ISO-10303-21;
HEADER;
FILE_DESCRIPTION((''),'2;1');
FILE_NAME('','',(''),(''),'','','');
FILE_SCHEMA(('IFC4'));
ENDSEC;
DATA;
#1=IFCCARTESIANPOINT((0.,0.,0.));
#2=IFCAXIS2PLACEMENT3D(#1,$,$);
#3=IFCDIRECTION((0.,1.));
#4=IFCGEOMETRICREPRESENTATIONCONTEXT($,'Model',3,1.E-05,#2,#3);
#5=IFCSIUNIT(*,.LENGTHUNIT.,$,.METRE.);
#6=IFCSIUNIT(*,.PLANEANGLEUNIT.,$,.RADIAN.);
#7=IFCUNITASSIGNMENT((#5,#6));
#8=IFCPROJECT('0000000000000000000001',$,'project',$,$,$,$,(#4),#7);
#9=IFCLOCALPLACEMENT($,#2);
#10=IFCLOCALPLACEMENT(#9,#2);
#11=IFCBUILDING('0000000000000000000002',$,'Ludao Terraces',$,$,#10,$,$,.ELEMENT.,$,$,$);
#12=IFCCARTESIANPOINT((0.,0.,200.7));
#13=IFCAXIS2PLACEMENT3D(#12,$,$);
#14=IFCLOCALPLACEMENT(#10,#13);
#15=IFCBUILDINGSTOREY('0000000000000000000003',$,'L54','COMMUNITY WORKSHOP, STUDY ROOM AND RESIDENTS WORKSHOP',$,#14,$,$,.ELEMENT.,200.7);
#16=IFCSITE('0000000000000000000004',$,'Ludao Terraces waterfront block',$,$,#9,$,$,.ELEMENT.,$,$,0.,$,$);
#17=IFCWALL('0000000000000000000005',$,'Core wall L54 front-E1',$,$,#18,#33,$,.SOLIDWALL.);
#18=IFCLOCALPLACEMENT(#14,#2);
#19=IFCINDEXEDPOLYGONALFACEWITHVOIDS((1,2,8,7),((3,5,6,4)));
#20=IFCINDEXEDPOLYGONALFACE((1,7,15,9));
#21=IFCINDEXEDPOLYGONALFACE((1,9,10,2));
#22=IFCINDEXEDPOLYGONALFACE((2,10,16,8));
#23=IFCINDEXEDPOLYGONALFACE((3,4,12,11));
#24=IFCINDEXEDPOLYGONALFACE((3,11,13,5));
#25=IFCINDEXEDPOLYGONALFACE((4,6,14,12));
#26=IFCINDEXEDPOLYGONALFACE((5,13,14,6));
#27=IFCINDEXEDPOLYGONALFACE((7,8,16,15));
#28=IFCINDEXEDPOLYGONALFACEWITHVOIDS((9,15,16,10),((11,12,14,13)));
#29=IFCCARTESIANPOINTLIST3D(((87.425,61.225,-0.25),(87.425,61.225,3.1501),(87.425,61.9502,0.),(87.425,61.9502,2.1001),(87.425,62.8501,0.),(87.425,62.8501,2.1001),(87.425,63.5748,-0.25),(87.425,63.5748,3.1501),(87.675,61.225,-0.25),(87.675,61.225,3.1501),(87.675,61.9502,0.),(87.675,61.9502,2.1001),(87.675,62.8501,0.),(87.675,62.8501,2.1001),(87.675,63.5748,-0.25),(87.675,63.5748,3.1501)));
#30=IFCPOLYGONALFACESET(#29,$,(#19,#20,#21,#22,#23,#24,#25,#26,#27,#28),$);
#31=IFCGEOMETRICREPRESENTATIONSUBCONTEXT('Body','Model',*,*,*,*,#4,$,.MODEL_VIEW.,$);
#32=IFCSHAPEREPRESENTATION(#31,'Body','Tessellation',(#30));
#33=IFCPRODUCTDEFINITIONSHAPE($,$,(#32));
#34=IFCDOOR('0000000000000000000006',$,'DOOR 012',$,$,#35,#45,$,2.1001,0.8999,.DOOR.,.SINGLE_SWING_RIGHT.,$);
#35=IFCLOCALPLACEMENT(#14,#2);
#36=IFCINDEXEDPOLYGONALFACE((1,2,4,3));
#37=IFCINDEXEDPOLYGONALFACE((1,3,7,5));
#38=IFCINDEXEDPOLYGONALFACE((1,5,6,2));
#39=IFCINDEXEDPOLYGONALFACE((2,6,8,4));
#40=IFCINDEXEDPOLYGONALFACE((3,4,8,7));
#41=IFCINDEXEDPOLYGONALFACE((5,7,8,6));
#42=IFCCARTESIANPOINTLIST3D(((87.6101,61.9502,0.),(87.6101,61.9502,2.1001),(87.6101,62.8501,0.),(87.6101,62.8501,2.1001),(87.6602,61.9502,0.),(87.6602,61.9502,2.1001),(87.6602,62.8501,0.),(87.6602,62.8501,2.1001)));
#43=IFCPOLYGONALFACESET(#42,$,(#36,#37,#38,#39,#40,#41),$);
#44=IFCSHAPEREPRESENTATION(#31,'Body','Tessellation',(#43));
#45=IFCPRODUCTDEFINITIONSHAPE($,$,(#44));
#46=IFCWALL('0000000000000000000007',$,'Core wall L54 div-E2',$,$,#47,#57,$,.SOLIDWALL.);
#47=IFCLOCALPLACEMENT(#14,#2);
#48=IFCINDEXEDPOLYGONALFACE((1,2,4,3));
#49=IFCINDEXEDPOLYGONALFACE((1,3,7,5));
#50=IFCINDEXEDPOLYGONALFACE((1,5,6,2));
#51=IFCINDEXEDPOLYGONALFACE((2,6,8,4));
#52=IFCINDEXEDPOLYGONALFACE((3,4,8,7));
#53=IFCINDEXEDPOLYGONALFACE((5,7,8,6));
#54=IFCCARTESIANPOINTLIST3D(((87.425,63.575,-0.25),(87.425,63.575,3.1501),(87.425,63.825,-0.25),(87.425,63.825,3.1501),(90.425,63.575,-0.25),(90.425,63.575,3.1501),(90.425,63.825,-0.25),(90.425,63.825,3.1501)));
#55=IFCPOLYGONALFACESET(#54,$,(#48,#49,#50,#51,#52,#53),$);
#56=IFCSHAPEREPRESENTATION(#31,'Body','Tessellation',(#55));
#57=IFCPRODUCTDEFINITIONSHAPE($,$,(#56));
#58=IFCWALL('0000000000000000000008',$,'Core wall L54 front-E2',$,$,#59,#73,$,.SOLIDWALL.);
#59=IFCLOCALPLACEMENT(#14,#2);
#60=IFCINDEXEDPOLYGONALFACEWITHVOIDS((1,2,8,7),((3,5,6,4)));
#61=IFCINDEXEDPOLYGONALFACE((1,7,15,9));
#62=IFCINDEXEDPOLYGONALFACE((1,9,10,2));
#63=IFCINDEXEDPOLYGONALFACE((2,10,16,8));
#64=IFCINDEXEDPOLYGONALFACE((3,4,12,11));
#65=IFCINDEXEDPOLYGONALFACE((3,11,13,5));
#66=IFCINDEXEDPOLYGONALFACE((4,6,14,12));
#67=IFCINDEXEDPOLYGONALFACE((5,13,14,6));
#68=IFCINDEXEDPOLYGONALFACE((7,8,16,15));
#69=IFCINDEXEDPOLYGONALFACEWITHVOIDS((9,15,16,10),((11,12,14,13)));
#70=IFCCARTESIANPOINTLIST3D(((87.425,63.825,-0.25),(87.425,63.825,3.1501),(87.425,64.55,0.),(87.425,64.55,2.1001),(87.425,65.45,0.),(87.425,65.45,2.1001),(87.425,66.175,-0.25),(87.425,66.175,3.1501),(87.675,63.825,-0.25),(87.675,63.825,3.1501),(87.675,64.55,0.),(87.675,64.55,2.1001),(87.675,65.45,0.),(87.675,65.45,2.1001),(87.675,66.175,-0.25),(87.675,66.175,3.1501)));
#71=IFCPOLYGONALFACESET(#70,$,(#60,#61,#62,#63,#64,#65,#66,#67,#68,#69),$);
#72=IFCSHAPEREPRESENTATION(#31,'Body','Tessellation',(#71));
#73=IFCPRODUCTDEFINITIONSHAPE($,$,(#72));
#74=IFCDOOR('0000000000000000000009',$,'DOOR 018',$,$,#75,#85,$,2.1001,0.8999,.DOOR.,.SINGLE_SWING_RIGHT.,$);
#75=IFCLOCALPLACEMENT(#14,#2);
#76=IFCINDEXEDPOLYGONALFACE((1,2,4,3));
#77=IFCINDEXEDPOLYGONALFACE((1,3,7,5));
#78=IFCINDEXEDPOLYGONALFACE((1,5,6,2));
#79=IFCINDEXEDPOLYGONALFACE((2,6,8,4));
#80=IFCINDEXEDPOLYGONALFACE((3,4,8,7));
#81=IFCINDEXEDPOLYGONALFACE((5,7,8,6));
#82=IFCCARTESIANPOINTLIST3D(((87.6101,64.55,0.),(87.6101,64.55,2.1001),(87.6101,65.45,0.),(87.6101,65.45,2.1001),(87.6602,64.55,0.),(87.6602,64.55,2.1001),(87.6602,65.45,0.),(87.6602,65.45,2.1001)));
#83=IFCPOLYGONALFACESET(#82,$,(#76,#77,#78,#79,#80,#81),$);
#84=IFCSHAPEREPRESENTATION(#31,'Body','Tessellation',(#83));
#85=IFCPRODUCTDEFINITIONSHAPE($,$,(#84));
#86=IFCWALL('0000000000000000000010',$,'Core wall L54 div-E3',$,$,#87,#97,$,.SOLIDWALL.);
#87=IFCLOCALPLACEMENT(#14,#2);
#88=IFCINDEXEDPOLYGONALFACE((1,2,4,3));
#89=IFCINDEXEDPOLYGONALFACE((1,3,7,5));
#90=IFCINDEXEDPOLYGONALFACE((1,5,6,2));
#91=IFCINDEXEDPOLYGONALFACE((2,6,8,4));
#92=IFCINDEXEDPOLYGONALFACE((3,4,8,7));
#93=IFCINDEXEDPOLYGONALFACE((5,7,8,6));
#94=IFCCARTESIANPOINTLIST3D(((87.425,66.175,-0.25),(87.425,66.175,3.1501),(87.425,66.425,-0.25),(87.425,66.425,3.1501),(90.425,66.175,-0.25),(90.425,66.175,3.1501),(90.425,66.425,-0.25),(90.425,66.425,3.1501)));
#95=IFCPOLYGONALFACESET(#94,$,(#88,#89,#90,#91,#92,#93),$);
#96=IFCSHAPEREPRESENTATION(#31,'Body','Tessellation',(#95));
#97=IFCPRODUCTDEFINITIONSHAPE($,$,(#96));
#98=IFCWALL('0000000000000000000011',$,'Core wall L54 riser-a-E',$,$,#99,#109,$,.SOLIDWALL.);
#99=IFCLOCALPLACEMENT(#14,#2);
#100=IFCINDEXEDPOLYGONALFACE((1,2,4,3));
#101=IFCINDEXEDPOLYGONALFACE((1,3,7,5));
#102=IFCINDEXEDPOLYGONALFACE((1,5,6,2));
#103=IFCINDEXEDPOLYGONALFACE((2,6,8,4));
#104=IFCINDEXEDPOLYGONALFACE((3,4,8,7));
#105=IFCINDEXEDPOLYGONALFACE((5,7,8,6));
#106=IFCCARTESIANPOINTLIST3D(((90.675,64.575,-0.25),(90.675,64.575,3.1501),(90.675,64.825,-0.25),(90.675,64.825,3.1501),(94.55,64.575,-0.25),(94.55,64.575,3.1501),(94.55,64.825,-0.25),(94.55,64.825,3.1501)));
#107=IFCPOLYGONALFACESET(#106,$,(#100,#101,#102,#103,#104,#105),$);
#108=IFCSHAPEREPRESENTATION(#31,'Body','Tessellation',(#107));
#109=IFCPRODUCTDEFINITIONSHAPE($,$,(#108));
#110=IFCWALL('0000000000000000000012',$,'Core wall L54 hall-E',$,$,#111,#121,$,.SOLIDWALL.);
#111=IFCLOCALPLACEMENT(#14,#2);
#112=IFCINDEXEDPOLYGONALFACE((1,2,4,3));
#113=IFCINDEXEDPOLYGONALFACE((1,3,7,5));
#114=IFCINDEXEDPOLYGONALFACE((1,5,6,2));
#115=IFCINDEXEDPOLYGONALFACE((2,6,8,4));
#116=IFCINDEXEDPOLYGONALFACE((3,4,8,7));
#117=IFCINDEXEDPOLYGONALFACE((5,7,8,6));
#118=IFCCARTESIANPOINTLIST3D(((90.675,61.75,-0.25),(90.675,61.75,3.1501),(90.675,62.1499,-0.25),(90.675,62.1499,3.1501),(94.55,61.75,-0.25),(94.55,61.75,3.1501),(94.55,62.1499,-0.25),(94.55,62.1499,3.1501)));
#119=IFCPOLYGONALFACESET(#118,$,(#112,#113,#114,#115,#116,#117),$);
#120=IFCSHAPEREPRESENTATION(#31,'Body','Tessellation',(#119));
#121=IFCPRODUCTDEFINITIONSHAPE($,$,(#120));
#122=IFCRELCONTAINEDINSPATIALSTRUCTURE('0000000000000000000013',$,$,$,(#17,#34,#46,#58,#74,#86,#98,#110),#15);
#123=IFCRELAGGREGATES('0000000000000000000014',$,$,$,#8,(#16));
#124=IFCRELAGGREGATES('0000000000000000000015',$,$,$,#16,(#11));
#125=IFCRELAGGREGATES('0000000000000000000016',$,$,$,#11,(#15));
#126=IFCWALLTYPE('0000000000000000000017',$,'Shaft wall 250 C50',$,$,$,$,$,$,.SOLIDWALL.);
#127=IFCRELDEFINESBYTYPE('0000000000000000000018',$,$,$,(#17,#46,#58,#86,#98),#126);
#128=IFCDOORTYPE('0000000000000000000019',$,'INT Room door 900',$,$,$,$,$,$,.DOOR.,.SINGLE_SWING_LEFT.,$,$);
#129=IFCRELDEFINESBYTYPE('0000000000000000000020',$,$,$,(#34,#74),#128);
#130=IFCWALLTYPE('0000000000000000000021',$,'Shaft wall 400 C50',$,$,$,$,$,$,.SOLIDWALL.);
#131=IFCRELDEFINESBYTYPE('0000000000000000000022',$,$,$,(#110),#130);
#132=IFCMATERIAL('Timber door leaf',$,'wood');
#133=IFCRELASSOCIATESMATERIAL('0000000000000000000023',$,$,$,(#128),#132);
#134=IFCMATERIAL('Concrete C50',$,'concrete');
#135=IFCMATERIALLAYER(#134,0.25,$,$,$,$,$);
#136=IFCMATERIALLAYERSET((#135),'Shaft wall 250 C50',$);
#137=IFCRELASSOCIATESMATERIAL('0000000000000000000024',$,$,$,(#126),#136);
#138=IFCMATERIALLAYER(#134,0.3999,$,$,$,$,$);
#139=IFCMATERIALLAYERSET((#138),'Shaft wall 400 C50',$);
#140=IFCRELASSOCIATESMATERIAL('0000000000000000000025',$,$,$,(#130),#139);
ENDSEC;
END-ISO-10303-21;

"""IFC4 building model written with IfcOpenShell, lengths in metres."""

from ifc_helpers import new_model, si_unit, direction, frame, frame_2d, origin, place, context, subcontext, project, spatial, rectangle, extrude, material, layer, layer_set, type_object, element, fill, save


model = new_model("IFC4")

# Units and contexts
model_context = context("Model", 3, precision=1e-05, world=origin(), true_north=direction((0.0, 1.0)))
body_context = subcontext(model_context, "Body", "Model", "MODEL_VIEW")
ifc_project = project(units=[si_unit("LENGTHUNIT", "METRE"), si_unit("PLANEANGLEUNIT", "RADIAN")], contexts=[model_context])

# Site, building, storey
site_placement = place(None, origin())
site = spatial("IfcSite", under=ifc_project, at=site_placement, Name="Ludao Terraces waterfront block", CompositionType="ELEMENT", RefElevation=0.0)
building_placement = place(site_placement, origin())
building = spatial("IfcBuilding", under=site, at=building_placement, Name="Ludao Terraces", CompositionType="ELEMENT")
storey_placement = place(building_placement, frame((0.0, 0.0, 200.7)))
storey = spatial("IfcBuildingStorey", under=building, at=storey_placement, Name="L54", Description="COMMUNITY WORKSHOP, STUDY ROOM AND RESIDENTS WORKSHOP", CompositionType="ELEMENT", Elevation=200.7)

# Shared definitions
ifc_material_1 = material(Name="Concrete C50", Category="concrete")
ifc_material_2 = material(Name="Timber door leaf", Category="wood")
door_type_1 = type_object("IfcDoorType", Name="INT Room door 900", OperationType="SINGLE_SWING_LEFT", PredefinedType="DOOR", material=ifc_material_2)

# Shared definitions
ifc_layer_1 = layer(ifc_material_1, 0.25)
ifc_layer_set_1 = layer_set([ifc_layer_1], Name="Shaft wall 250 C50")
wall_type_1 = type_object("IfcWallType", Name="Shaft wall 250 C50", PredefinedType="SOLIDWALL", material=ifc_layer_set_1)

# Wall, opening, door
wall_1_placement = place(storey_placement, frame((87.55, 61.2251, -0.25), z_axis=(0.0, 0.0, 1.0), x_axis=(0.0, 1.0, 0.0)))
wall_1 = element("IfcWall", 1, at=wall_1_placement, inside=storey, type_object=wall_type_1, Name="Core wall L54 front-E1", PredefinedType="SOLIDWALL", context=body_context, shape_type="SweptSolid", body=[
    extrude(rectangle(XDim=2.3499, YDim=0.25, at=frame_2d((1.1748, 0.0))), origin(), (0.0, 0.0, 1.0), 3.4001),
])
opening_1_placement = place(wall_1_placement, frame((0.7251, 0.0, 0.25)))
opening_1 = element("IfcOpeningElement", 2, at=opening_1_placement, cuts=wall_1, PredefinedType="OPENING", context=body_context, shape_type="SweptSolid", body=[
    extrude(rectangle(XDim=0.8999, YDim=2.1001, at=frame_2d((0.45, 1.05))), frame((0.0, 0.135, 0.0), z_axis=(0.0, -1.0, 0.0), x_axis=(1.0, 0.0, 0.0)), (0.0, 0.0, 1.0), 0.27),
])
door_1_placement = place(opening_1_placement, origin())
door_1 = element("IfcDoor", 3, at=door_1_placement, inside=storey, type_object=door_type_1, Name="DOOR 012", OperationType="SINGLE_SWING_RIGHT", OverallHeight=2.1001, OverallWidth=0.8999, PredefinedType="DOOR", context=body_context, shape_type="SweptSolid", body=[
    extrude(rectangle(XDim=0.8999, YDim=2.1001, at=frame_2d((0.45, 1.05))), frame((0.0, -0.0601, 0.0), z_axis=(0.0, -1.0, 0.0), x_axis=(1.0, 0.0, 0.0)), (0.0, 0.0, 1.0), 0.05),
])
fill(opening_1, door_1)

# Wall
wall_2_placement = place(storey_placement, frame((87.425, 63.7, -0.25), z_axis=(0.0, 0.0, 1.0), x_axis=(1.0, 0.0, 0.0)))
element("IfcWall", 4, at=wall_2_placement, inside=storey, type_object=wall_type_1, Name="Core wall L54 div-E2", PredefinedType="SOLIDWALL", context=body_context, shape_type="SweptSolid", body=[
    extrude(rectangle(XDim=3.0, YDim=0.25, at=frame_2d((1.5, 0.0))), origin(), (0.0, 0.0, 1.0), 3.4001),
])

# Wall, opening, door
wall_3_placement = place(storey_placement, frame((87.55, 63.825, -0.25), z_axis=(0.0, 0.0, 1.0), x_axis=(0.0, 1.0, 0.0)))
wall_3 = element("IfcWall", 5, at=wall_3_placement, inside=storey, type_object=wall_type_1, Name="Core wall L54 front-E2", PredefinedType="SOLIDWALL", context=body_context, shape_type="SweptSolid", body=[
    extrude(rectangle(XDim=2.3501, YDim=0.25, at=frame_2d((1.175, 0.0))), origin(), (0.0, 0.0, 1.0), 3.4001),
])
opening_2_placement = place(wall_3_placement, frame((0.7251, 0.0, 0.25)))
opening_2 = element("IfcOpeningElement", 6, at=opening_2_placement, cuts=wall_3, PredefinedType="OPENING", context=body_context, shape_type="SweptSolid", body=[
    extrude(rectangle(XDim=0.8999, YDim=2.1001, at=frame_2d((0.45, 1.05))), frame((0.0, 0.135, 0.0), z_axis=(0.0, -1.0, 0.0), x_axis=(1.0, 0.0, 0.0)), (0.0, 0.0, 1.0), 0.27),
])
door_2_placement = place(opening_2_placement, origin())
door_2 = element("IfcDoor", 7, at=door_2_placement, inside=storey, type_object=door_type_1, Name="DOOR 018", OperationType="SINGLE_SWING_RIGHT", OverallHeight=2.1001, OverallWidth=0.8999, PredefinedType="DOOR", context=body_context, shape_type="SweptSolid", body=[
    extrude(rectangle(XDim=0.8999, YDim=2.1001, at=frame_2d((0.45, 1.05))), frame((0.0, -0.0601, 0.0), z_axis=(0.0, -1.0, 0.0), x_axis=(1.0, 0.0, 0.0)), (0.0, 0.0, 1.0), 0.05),
])
fill(opening_2, door_2)

# Walls
wall_4_placement = place(storey_placement, frame((87.425, 66.3, -0.25), z_axis=(0.0, 0.0, 1.0), x_axis=(1.0, 0.0, 0.0)))
element("IfcWall", 8, at=wall_4_placement, inside=storey, type_object=wall_type_1, Name="Core wall L54 div-E3", PredefinedType="SOLIDWALL", context=body_context, shape_type="SweptSolid", body=[
    extrude(rectangle(XDim=3.0, YDim=0.25, at=frame_2d((1.5, 0.0))), origin(), (0.0, 0.0, 1.0), 3.4001),
])
wall_5_placement = place(storey_placement, frame((90.675, 64.7, -0.25), z_axis=(0.0, 0.0, 1.0), x_axis=(1.0, 0.0, 0.0)))
element("IfcWall", 9, at=wall_5_placement, inside=storey, type_object=wall_type_1, Name="Core wall L54 riser-a-E", PredefinedType="SOLIDWALL", context=body_context, shape_type="SweptSolid", body=[
    extrude(rectangle(XDim=3.875, YDim=0.25, at=frame_2d((1.9375, 0.0))), origin(), (0.0, 0.0, 1.0), 3.4001),
])
ifc_layer_2 = layer(ifc_material_1, 0.3999)
ifc_layer_set_2 = layer_set([ifc_layer_2], Name="Shaft wall 400 C50")
wall_type_2 = type_object("IfcWallType", Name="Shaft wall 400 C50", PredefinedType="SOLIDWALL", material=ifc_layer_set_2)
wall_6_placement = place(storey_placement, frame((90.675, 61.95, -0.25), z_axis=(0.0, 0.0, 1.0), x_axis=(1.0, 0.0, 0.0)))
element("IfcWall", 10, at=wall_6_placement, inside=storey, type_object=wall_type_2, Name="Core wall L54 hall-E", PredefinedType="SOLIDWALL", context=body_context, shape_type="SweptSolid", body=[
    extrude(rectangle(XDim=3.875, YDim=0.3999, at=frame_2d((1.9375, 0.0))), origin(), (0.0, 0.0, 1.0), 3.4001),
])

save(model, "model.ifc")
